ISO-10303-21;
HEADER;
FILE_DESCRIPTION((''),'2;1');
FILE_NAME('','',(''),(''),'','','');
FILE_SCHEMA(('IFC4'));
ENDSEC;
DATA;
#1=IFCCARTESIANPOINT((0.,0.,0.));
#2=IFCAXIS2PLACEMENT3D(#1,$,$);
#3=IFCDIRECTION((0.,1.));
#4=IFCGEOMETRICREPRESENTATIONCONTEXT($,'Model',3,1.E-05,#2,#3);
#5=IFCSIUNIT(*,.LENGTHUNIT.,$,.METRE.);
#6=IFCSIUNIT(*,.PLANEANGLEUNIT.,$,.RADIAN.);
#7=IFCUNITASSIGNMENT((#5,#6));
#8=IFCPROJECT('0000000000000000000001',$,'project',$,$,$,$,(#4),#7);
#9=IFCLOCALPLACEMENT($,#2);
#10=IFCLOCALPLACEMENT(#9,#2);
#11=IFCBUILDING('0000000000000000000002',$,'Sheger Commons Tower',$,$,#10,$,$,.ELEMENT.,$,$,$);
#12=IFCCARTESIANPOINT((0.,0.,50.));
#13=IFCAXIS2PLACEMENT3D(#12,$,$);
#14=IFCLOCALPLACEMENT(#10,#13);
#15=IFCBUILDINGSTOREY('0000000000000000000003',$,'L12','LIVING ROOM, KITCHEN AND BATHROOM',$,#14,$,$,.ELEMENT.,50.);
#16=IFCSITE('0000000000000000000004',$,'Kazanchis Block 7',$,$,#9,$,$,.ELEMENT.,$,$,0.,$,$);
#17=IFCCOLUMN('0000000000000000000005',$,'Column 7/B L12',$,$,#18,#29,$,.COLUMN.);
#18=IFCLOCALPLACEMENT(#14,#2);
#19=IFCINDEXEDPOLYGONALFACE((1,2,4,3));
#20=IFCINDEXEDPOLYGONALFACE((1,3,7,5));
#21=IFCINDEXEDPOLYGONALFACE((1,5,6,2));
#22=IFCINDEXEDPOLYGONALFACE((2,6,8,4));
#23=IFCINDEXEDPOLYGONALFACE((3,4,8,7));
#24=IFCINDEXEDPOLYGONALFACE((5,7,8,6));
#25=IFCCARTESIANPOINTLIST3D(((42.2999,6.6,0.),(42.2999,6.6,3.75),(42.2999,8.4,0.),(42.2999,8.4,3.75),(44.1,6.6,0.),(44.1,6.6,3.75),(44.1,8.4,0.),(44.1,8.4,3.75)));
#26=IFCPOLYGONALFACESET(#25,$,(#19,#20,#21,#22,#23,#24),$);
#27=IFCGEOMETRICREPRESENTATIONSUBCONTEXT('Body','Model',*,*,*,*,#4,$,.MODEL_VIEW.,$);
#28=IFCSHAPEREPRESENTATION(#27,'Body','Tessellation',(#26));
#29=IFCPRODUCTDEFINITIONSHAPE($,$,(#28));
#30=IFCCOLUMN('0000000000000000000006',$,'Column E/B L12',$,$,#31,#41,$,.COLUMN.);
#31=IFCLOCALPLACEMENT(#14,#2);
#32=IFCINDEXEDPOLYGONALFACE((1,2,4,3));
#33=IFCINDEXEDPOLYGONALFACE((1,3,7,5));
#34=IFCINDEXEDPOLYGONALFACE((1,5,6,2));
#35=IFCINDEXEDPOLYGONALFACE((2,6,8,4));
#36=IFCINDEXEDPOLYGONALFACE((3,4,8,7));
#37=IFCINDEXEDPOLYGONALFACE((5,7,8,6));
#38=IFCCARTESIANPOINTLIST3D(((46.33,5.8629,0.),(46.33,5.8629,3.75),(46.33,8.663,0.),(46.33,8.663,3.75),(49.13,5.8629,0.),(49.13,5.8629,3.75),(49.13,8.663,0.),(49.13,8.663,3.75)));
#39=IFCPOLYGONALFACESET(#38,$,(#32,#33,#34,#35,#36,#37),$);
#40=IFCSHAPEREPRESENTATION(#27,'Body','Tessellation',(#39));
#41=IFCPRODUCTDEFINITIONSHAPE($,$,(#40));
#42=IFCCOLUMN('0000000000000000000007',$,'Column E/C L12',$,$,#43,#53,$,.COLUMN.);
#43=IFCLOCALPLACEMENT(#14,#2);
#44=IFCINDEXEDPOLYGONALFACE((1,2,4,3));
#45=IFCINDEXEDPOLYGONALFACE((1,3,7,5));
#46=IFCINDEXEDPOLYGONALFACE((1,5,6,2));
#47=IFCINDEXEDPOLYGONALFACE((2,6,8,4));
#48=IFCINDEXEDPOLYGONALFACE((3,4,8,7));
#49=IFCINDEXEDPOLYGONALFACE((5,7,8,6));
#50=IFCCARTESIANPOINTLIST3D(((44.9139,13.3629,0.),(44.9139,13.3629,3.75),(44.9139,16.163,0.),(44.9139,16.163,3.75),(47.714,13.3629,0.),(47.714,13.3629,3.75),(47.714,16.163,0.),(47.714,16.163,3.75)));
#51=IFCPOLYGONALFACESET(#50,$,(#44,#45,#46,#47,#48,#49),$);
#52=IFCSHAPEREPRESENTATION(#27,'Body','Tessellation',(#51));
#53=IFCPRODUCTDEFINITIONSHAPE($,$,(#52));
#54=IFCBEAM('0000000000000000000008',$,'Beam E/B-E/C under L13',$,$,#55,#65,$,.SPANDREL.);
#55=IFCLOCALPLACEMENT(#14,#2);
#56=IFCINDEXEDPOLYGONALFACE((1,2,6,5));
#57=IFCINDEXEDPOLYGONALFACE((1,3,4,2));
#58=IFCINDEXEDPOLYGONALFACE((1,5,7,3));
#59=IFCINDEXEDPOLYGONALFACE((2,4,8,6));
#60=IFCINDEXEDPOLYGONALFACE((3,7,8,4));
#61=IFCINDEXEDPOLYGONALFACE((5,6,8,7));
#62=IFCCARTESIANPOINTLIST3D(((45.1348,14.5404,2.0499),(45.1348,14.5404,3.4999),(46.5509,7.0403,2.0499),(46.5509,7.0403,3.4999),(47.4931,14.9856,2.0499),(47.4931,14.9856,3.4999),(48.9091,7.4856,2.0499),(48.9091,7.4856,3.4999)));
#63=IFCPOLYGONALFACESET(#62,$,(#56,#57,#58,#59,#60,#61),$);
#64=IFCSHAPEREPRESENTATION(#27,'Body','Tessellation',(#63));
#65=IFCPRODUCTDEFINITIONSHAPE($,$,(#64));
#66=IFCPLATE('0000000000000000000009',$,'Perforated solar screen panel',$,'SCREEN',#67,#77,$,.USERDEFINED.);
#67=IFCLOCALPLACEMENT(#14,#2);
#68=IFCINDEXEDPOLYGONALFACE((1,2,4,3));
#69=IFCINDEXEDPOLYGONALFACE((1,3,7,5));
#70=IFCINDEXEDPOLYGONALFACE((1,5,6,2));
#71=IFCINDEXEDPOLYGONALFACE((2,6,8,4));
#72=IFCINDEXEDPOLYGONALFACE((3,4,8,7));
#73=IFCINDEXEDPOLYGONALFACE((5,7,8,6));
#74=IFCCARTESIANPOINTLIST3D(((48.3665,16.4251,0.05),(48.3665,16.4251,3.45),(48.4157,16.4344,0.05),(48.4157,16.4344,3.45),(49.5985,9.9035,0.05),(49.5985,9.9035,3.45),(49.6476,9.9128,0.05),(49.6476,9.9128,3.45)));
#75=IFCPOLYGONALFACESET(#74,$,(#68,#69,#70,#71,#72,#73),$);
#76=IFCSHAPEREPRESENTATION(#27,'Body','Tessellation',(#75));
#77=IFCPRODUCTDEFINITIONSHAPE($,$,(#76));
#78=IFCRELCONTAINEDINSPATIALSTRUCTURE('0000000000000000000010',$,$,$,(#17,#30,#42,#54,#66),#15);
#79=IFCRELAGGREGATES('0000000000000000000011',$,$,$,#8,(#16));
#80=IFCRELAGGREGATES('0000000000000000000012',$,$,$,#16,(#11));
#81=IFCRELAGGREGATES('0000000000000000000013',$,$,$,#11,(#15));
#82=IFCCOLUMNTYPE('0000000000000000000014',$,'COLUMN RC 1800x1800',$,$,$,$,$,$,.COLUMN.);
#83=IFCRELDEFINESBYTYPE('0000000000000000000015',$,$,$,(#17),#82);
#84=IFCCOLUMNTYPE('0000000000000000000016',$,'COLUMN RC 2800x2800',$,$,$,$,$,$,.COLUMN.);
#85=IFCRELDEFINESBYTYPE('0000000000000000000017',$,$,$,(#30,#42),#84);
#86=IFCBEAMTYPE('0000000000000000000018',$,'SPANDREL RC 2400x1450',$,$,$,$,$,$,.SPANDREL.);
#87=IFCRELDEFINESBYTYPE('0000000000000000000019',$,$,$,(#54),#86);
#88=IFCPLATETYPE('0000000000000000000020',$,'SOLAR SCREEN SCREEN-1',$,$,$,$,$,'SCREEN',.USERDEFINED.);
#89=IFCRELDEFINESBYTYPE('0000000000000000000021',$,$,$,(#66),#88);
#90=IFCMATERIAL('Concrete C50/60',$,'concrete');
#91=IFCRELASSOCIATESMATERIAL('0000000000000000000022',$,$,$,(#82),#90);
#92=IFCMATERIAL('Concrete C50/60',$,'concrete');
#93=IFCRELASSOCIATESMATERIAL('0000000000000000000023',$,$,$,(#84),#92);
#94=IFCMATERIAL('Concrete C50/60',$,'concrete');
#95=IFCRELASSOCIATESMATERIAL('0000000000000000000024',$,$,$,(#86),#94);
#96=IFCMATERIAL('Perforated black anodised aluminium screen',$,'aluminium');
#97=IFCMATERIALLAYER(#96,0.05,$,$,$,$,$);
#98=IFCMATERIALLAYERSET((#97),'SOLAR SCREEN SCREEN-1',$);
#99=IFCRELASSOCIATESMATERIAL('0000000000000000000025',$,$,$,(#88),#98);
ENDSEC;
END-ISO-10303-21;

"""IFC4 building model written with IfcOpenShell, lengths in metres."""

from ifc_helpers import new_model, si_unit, direction, frame, origin, origin_2d, place, context, subcontext, project, spatial, rectangle, extrude, material, layer, layer_set, material_profile, profile_set, type_object, element, save


model = new_model("IFC4")

# Units and contexts
model_context = context("Model", 3, precision=1e-05, world=origin(), true_north=direction((0.0, 1.0)))
body_context = subcontext(model_context, "Body", "Model", "MODEL_VIEW")
ifc_project = project(units=[si_unit("LENGTHUNIT", "METRE"), si_unit("PLANEANGLEUNIT", "RADIAN")], contexts=[model_context])

# Site, building, storey
site_placement = place(None, origin())
site = spatial("IfcSite", under=ifc_project, at=site_placement, Name="Kazanchis Block 7", CompositionType="ELEMENT", RefElevation=0.0)
building_placement = place(site_placement, origin())
building = spatial("IfcBuilding", under=site, at=building_placement, Name="Sheger Commons Tower", CompositionType="ELEMENT")
storey_placement = place(building_placement, frame((0.0, 0.0, 50.0)))
storey = spatial("IfcBuildingStorey", under=building, at=storey_placement, Name="L12", Description="LIVING ROOM, KITCHEN AND BATHROOM", CompositionType="ELEMENT", Elevation=50.0)

# Columns
ifc_material_1 = material(Name="Concrete C50/60", Category="concrete")
ifc_material_profile_1 = material_profile(ifc_material_1, rectangle(XDim=1.8, YDim=1.8, at=origin_2d()), Name="RC 1800x1800")
ifc_profile_set_1 = profile_set([ifc_material_profile_1], Name="Concrete C50/60")
column_type_1 = type_object("IfcColumnType", Name="COLUMN RC 1800x1800", PredefinedType="COLUMN", material=ifc_profile_set_1)
column_placement = place(storey_placement, frame((43.2, 7.5, 0.0), z_axis=(0.0, 0.0, 1.0), x_axis=(1.0, 0.0, 0.0)))
element("IfcColumn", 1, at=column_placement, inside=storey, type_object=column_type_1, Name="Column 7/B L12", PredefinedType="COLUMN", context=body_context, shape_type="SweptSolid", body=[
    extrude(rectangle(XDim=1.8, YDim=1.8, at=origin_2d()), origin(), (0.0, 0.0, 1.0), 3.75),
])
ifc_material_2 = material(Name="Concrete C50/60", Category="concrete")
ifc_material_profile_2 = material_profile(ifc_material_2, rectangle(XDim=2.8, YDim=2.8, at=origin_2d()), Name="RC 2800x2800")
ifc_profile_set_2 = profile_set([ifc_material_profile_2], Name="Concrete C50/60")
column_type_2 = type_object("IfcColumnType", Name="COLUMN RC 2800x2800", PredefinedType="COLUMN", material=ifc_profile_set_2)
for number, where, z_axis, x_axis, name in (
    (2, (47.73, 7.2629, 0.0), (0.0, 0.0, 1.0), (1.0, 0.0, 0.0), "Column E/B L12"),
    (3, (46.314, 14.7629, 0.0), (0.0, 0.0, 1.0), (1.0, 0.0, 0.0), "Column E/C L12"),
):
    element("IfcColumn", number, at=place(storey_placement, frame(where, z_axis=z_axis, x_axis=x_axis)), inside=storey, type_object=column_type_2, Name=name, PredefinedType="COLUMN", context=body_context, shape_type="SweptSolid", body=[
        extrude(rectangle(XDim=2.8, YDim=2.8, at=origin_2d()), origin(), (0.0, 0.0, 1.0), 3.75),
    ])

# Beam
ifc_material_3 = material(Name="Concrete C50/60", Category="concrete")
ifc_material_profile_3 = material_profile(ifc_material_3, rectangle(XDim=2.3999, YDim=1.45, at=origin_2d()), Name="RC 2400x1450")
ifc_profile_set_3 = profile_set([ifc_material_profile_3], Name="Concrete C50/60")
beam_type = type_object("IfcBeamType", Name="SPANDREL RC 2400x1450", PredefinedType="SPANDREL", material=ifc_profile_set_3)
beam_placement = place(storey_placement, frame((47.73, 7.2629, 2.7749), z_axis=(-0.185524, 0.98264, 0.0), x_axis=(-0.98264, -0.185524, 0.0)))
element("IfcBeam", 4, at=beam_placement, inside=storey, type_object=beam_type, Name="Beam E/B-E/C under L13", PredefinedType="SPANDREL", context=body_context, shape_type="SweptSolid", body=[
    extrude(rectangle(XDim=2.3999, YDim=1.45, at=origin_2d()), origin(), (0.0, 0.0, 1.0), 7.6326),
])

# Plate
ifc_material_4 = material(Name="Perforated black anodised aluminium screen", Category="aluminium")
ifc_layer_1 = layer(ifc_material_4, 0.05)
ifc_layer_set_1 = layer_set([ifc_layer_1], Name="SOLAR SCREEN SCREEN-1")
plate_type = type_object("IfcPlateType", Name="SOLAR SCREEN SCREEN-1", ElementType="SCREEN", PredefinedType="USERDEFINED", material=ifc_layer_set_1)
plate_placement = place(storey_placement, frame((49.0071, 13.1689, 0.05), z_axis=(0.0, 0.0, 1.0), x_axis=(-0.185615, 0.982623, 0.0)))
element("IfcPlate", 5, at=plate_placement, inside=storey, type_object=plate_type, Name="Perforated solar screen panel", ObjectType="SCREEN", PredefinedType="USERDEFINED", context=body_context, shape_type="SweptSolid", body=[
    extrude(rectangle(XDim=6.637, YDim=0.05, at=origin_2d()), origin(), (0.0, 0.0, 1.0), 3.3999),
])

save(model, "model.ifc")
